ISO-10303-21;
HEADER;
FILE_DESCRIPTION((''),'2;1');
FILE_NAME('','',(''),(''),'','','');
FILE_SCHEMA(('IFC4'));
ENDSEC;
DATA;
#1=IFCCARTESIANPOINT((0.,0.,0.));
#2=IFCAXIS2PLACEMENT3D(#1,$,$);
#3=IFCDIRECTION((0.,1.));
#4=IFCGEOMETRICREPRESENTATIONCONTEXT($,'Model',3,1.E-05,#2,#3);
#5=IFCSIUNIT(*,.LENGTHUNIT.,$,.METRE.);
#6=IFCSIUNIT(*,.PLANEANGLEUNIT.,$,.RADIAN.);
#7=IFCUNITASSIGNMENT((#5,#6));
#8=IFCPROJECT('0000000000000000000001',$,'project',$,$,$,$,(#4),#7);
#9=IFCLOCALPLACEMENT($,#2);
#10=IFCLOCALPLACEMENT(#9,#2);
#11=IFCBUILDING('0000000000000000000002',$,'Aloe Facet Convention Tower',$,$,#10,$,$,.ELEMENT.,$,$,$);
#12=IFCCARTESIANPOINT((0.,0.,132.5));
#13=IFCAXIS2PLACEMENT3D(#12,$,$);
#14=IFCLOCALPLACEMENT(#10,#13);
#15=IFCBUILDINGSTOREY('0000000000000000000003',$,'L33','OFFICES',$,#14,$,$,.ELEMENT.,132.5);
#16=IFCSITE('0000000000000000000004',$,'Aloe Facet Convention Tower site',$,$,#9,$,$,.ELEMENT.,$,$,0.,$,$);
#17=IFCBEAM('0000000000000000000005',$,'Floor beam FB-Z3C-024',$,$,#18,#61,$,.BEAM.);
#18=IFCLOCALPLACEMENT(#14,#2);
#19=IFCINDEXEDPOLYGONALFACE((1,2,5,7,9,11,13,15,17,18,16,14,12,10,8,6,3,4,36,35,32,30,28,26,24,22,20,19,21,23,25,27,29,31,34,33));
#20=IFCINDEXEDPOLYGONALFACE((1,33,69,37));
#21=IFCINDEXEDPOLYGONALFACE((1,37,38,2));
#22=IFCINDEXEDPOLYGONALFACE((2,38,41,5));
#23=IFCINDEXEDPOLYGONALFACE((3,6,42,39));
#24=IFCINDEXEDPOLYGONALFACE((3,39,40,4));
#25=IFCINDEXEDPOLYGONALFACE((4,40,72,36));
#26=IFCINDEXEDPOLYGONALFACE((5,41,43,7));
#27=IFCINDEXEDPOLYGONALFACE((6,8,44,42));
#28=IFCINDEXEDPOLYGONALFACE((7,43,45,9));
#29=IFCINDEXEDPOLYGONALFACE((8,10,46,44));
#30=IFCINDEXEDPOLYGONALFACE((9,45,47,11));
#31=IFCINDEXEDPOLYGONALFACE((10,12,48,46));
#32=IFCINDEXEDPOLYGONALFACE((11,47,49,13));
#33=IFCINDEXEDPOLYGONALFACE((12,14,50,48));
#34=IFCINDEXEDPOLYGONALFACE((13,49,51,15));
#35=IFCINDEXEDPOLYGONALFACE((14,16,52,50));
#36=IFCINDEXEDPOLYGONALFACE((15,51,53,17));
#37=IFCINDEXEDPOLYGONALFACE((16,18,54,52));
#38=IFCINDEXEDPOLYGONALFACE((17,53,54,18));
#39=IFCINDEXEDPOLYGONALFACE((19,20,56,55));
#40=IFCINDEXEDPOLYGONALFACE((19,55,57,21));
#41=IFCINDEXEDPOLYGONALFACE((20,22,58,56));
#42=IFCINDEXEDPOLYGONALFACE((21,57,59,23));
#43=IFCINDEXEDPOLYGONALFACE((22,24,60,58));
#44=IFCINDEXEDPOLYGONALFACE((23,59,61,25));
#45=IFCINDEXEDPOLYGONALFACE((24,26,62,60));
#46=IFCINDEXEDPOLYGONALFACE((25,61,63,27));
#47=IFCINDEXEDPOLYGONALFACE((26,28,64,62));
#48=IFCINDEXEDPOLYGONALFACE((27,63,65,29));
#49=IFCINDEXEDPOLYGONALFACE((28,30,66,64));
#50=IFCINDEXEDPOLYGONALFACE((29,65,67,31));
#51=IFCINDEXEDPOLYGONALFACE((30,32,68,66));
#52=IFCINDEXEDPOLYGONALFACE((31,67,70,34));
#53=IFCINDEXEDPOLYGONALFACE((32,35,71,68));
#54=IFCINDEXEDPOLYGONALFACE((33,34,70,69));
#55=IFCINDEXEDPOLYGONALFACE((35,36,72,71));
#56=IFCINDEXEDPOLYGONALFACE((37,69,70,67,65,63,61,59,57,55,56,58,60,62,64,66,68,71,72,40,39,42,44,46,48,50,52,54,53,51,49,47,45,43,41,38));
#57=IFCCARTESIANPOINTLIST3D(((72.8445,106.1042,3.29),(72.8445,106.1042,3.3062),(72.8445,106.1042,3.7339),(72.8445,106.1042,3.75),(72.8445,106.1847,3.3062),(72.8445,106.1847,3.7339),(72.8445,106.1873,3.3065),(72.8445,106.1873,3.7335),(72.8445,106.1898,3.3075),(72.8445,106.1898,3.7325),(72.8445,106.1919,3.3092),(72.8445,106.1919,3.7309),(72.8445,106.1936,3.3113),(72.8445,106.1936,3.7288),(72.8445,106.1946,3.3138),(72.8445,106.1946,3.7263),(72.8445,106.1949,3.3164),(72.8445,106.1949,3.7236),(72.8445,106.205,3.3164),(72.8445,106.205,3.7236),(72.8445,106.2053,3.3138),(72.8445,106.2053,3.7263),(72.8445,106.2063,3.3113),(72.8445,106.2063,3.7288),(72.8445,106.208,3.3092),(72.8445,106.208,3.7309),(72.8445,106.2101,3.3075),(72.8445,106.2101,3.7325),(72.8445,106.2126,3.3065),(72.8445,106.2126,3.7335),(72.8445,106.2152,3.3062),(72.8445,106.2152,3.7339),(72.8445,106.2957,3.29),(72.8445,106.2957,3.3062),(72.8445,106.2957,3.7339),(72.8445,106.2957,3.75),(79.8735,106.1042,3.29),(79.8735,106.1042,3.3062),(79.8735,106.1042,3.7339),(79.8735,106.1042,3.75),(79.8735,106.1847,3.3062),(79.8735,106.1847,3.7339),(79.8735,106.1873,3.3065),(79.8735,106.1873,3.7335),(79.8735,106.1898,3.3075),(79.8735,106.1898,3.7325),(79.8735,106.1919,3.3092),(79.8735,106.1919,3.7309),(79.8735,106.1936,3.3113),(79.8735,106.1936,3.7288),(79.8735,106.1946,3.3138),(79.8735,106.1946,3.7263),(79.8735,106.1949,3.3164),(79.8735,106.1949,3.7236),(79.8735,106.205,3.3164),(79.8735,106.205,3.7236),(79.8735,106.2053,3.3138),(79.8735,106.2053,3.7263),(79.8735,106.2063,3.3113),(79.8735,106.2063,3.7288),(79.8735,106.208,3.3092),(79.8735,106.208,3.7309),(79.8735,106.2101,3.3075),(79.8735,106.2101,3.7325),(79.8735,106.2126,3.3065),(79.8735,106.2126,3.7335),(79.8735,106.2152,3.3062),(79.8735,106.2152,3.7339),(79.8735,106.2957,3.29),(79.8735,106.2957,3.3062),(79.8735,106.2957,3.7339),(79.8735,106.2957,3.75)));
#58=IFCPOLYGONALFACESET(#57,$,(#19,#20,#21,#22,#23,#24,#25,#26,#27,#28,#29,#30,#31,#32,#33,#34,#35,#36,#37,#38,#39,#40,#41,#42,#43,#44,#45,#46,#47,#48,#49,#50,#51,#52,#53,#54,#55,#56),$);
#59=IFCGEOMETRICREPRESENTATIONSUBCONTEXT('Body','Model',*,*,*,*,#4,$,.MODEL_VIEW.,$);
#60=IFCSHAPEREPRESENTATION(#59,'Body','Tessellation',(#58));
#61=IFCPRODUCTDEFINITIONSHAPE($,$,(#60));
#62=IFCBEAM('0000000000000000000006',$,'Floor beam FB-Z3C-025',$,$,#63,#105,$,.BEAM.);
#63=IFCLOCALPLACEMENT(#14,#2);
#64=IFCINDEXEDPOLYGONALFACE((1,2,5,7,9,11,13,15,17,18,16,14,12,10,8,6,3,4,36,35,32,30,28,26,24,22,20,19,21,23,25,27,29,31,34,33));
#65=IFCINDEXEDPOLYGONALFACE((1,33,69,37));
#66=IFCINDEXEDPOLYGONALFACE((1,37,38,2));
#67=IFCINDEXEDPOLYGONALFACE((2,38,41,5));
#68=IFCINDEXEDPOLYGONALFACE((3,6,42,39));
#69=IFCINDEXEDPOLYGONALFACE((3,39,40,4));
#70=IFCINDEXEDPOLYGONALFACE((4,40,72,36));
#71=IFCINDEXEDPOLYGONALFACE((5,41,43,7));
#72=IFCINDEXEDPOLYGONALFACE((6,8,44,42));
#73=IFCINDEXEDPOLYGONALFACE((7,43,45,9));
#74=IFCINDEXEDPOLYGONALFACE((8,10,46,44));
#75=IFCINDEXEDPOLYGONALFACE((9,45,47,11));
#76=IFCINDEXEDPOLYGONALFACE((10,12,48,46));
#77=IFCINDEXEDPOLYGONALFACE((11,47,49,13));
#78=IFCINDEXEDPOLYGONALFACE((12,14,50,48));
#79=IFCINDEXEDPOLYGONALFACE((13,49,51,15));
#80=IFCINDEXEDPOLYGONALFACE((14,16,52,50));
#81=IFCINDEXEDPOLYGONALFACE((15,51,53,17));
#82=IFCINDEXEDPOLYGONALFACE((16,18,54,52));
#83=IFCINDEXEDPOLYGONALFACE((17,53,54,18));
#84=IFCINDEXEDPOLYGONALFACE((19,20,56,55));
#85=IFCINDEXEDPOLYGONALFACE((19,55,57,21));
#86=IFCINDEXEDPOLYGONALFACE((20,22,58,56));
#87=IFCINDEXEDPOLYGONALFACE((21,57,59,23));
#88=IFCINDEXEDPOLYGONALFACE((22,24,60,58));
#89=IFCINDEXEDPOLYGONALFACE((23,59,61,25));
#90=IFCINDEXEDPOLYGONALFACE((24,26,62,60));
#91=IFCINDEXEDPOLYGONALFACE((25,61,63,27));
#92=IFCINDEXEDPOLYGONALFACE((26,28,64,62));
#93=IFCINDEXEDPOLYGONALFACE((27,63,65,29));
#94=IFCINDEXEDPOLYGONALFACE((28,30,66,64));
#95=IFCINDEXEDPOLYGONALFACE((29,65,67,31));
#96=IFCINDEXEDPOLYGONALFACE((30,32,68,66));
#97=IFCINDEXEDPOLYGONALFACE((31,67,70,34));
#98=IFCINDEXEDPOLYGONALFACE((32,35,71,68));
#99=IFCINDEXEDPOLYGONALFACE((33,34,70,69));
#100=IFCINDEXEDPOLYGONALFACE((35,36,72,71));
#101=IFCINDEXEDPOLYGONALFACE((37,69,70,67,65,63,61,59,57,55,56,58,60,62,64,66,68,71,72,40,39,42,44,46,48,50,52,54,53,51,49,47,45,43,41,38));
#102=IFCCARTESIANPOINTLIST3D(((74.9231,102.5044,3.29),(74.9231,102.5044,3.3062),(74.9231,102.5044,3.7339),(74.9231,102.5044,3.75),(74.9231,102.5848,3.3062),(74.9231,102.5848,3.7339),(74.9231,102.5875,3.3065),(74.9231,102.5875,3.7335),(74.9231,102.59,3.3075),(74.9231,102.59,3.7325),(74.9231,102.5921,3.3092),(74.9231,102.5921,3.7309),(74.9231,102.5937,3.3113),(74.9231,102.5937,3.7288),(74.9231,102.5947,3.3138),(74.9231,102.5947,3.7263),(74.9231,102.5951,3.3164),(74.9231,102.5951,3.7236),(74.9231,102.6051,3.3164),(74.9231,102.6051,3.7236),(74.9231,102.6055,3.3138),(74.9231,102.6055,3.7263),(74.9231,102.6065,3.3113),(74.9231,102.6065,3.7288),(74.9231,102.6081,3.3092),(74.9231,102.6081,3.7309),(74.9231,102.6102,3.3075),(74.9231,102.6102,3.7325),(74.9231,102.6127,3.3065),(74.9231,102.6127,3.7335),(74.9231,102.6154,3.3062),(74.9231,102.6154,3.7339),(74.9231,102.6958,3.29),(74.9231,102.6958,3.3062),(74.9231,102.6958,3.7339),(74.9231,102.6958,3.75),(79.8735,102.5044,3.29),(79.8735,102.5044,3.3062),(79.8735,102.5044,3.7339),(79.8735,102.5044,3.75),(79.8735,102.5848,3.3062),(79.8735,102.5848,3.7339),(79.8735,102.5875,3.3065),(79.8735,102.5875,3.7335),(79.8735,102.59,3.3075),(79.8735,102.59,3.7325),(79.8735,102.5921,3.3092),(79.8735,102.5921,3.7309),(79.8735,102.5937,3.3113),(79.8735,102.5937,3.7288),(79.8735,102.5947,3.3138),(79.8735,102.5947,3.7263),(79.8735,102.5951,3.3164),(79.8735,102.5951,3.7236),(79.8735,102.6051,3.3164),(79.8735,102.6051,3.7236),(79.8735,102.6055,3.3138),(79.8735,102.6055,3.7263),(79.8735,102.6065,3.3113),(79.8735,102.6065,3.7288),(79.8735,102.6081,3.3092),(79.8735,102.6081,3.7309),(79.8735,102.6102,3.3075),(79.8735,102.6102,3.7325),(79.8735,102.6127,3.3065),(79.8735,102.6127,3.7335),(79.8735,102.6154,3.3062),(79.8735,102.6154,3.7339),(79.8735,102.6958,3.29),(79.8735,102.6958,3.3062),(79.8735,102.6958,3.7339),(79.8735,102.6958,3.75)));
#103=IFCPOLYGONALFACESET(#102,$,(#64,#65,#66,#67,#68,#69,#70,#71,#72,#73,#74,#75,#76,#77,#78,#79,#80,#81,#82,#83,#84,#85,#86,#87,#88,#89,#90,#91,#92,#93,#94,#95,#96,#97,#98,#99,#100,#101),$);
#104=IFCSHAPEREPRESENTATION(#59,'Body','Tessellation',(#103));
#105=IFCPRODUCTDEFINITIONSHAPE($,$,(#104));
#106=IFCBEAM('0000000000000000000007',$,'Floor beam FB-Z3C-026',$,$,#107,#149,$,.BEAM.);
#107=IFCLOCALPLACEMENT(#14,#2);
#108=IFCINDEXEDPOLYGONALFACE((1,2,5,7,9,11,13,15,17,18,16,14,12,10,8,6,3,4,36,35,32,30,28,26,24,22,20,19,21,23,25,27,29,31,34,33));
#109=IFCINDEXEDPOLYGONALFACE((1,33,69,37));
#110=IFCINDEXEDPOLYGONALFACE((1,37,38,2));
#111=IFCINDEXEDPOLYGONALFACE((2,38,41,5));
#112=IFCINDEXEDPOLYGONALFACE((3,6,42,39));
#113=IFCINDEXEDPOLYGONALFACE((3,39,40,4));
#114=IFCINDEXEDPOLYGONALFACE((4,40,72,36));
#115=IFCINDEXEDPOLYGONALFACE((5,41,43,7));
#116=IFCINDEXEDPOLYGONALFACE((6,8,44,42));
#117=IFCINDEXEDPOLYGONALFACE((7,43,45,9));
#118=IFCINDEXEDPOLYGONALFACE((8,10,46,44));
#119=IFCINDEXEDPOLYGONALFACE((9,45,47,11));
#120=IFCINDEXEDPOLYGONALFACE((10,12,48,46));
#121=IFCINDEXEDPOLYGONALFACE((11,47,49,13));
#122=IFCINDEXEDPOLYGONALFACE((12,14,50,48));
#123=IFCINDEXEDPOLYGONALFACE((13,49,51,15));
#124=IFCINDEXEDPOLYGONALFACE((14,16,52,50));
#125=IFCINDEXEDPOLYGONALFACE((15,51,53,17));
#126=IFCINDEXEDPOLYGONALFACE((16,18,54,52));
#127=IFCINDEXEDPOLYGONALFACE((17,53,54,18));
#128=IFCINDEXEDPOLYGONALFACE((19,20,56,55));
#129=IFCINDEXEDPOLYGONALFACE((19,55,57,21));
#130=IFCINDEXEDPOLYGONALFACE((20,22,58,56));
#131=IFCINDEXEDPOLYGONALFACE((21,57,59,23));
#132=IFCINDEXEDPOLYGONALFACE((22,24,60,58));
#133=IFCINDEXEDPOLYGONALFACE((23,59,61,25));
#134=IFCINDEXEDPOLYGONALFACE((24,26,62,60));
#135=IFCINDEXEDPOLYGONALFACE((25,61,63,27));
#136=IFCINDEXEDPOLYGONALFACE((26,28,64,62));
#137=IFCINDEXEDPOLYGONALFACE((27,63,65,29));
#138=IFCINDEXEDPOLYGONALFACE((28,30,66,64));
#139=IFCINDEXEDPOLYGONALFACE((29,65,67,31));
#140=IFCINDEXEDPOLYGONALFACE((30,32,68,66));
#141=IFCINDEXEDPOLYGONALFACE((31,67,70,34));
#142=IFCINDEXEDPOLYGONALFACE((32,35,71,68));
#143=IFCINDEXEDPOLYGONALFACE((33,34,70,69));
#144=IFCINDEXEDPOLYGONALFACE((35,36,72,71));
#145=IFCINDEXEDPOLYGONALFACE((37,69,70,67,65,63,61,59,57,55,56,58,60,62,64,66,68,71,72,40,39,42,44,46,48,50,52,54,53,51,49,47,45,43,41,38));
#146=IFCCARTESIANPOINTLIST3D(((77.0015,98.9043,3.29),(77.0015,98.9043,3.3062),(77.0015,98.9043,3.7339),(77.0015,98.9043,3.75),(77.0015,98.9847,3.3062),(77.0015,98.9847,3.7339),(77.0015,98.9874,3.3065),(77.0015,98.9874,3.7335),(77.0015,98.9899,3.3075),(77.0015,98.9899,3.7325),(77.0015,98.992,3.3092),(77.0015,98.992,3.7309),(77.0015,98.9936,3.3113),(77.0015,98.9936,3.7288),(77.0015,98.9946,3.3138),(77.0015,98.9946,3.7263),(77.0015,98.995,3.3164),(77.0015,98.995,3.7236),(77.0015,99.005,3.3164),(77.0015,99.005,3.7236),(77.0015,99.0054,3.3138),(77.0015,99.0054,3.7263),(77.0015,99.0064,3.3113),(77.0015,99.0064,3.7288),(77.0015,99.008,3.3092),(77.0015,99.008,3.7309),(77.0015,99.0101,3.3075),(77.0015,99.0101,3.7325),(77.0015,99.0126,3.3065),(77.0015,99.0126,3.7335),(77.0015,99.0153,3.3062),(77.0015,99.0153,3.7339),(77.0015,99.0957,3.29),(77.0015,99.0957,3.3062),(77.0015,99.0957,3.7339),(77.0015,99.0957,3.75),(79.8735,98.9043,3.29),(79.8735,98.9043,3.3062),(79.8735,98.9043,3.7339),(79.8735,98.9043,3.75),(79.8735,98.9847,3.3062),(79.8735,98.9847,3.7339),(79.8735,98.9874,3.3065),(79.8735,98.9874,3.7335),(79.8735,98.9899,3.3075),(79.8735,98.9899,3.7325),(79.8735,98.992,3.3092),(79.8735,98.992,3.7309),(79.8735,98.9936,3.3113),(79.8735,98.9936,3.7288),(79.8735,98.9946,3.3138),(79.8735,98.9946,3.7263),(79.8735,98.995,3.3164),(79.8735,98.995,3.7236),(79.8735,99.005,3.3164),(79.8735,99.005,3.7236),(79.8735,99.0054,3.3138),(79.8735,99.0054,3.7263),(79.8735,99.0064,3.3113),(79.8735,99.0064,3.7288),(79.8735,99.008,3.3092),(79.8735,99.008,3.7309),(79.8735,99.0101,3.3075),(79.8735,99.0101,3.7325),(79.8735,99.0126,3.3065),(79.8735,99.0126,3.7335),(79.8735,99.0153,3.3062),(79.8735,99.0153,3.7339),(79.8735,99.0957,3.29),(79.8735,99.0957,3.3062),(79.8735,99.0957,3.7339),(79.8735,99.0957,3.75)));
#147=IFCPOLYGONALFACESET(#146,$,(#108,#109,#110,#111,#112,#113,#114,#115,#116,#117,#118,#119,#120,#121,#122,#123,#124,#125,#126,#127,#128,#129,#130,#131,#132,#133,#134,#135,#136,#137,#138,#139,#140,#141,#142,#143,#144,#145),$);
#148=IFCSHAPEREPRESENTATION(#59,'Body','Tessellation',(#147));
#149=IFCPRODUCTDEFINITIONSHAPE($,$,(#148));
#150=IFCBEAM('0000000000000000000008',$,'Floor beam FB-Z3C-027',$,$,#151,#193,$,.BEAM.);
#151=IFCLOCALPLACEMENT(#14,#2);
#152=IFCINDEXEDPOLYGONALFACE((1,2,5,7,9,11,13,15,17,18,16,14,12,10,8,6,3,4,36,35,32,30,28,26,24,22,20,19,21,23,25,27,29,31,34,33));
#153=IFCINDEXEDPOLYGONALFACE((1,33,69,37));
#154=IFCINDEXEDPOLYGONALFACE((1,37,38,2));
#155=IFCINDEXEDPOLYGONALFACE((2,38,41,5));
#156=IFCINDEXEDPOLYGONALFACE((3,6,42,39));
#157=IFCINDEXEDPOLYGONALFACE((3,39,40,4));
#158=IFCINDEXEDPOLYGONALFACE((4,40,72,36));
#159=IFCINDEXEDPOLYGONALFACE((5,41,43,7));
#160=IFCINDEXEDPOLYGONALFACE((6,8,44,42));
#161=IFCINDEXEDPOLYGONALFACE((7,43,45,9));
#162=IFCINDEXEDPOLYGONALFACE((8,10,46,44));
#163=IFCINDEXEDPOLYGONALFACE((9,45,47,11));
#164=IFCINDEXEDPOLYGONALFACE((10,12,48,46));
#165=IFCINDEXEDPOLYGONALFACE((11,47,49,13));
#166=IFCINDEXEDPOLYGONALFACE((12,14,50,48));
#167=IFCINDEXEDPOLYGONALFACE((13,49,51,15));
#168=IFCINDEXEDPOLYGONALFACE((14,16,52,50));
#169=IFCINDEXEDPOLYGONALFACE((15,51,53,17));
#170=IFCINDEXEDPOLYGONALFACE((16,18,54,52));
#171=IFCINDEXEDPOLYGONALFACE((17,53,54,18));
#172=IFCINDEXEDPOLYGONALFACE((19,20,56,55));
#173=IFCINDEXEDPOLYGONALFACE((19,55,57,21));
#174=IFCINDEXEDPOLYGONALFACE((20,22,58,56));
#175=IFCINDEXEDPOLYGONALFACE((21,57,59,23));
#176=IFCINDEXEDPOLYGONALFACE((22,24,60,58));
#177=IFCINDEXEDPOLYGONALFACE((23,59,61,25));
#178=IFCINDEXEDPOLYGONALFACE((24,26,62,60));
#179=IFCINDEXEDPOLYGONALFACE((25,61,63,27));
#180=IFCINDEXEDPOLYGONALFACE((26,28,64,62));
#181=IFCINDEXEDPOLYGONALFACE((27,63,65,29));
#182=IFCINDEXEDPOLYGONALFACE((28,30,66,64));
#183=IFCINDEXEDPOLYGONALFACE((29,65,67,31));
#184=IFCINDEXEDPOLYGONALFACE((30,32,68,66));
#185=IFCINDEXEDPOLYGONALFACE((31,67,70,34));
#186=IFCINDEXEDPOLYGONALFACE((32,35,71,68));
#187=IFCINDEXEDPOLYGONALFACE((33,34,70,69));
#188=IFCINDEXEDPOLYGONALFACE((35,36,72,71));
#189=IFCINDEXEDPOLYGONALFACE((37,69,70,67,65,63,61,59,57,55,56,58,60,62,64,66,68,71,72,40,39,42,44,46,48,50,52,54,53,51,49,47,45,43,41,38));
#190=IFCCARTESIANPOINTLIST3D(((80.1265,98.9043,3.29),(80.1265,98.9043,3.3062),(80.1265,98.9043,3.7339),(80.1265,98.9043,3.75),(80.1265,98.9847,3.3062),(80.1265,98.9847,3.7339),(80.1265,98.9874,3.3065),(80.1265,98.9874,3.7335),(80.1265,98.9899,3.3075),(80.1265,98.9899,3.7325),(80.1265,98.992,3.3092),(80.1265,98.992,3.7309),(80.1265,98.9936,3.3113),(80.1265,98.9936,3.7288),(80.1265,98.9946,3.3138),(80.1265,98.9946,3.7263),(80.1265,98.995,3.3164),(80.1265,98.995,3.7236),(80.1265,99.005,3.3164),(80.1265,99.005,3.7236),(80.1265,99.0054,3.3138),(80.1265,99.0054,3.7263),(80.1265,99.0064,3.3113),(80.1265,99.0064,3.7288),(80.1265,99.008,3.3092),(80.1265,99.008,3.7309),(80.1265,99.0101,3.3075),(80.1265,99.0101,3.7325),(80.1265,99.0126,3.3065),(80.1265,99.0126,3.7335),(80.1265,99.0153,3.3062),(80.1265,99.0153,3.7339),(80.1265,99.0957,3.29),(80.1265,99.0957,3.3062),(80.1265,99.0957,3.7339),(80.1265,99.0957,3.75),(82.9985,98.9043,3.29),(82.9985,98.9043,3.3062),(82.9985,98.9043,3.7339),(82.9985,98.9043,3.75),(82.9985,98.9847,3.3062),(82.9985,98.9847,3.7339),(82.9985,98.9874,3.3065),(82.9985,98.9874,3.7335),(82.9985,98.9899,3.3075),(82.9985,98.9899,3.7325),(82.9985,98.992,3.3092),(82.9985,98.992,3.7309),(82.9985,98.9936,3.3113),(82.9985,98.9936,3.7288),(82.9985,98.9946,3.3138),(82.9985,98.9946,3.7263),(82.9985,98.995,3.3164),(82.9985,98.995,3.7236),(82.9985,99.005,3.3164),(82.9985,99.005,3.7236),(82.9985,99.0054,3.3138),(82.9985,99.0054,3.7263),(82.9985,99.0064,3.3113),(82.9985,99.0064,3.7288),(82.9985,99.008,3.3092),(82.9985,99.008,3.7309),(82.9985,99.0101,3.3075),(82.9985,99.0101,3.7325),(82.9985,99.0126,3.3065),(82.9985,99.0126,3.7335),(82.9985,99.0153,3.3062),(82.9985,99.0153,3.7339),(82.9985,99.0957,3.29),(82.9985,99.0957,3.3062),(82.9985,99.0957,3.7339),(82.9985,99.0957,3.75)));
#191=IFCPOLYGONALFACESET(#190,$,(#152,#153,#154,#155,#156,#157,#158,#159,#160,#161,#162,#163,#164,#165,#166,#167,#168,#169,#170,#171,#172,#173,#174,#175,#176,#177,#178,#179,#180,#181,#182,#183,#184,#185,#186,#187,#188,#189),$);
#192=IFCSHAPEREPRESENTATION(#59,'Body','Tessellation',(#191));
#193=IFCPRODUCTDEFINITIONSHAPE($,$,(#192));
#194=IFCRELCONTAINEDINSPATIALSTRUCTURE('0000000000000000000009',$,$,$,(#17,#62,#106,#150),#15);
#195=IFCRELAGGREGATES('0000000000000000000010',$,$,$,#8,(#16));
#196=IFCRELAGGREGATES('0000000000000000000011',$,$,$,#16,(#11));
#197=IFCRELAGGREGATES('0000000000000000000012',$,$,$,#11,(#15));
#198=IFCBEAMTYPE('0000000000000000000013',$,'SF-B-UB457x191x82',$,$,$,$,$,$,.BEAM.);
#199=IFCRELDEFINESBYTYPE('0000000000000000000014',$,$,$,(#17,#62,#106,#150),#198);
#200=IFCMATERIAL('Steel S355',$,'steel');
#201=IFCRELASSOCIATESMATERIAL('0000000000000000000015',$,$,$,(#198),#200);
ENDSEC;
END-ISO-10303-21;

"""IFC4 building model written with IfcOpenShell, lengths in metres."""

from ifc_helpers import new_model, si_unit, direction, frame, origin, origin_2d, place, context, subcontext, project, spatial, i_section, extrude, material, material_profile, profile_set, type_object, element, save


model = new_model("IFC4")

# Units and contexts
model_context = context("Model", 3, precision=1e-05, world=origin(), true_north=direction((0.0, 1.0)))
body_context = subcontext(model_context, "Body", "Model", "MODEL_VIEW")
ifc_project = project(units=[si_unit("LENGTHUNIT", "METRE"), si_unit("PLANEANGLEUNIT", "RADIAN")], contexts=[model_context])

# Site, building, storey
site_placement = place(None, origin())
site = spatial("IfcSite", under=ifc_project, at=site_placement, Name="Aloe Facet Convention Tower site", CompositionType="ELEMENT", RefElevation=0.0)
building_placement = place(site_placement, origin())
building = spatial("IfcBuilding", under=site, at=building_placement, Name="Aloe Facet Convention Tower", CompositionType="ELEMENT")
storey_placement = place(building_placement, frame((0.0, 0.0, 132.5)))
storey = spatial("IfcBuildingStorey", under=building, at=storey_placement, Name="L33", Description="OFFICES", CompositionType="ELEMENT", Elevation=132.5)

# Beams
ifc_material_1 = material(Name="Steel S355", Category="steel")
ifc_material_profile_1 = material_profile(ifc_material_1, i_section(OverallWidth=0.1914, OverallDepth=0.46, WebThickness=0.01, FlangeThickness=0.0161, FilletRadius=0.0103, at=origin_2d()), Name="UB 457x191x82")
ifc_profile_set_1 = profile_set([ifc_material_profile_1], Name="Steel S355")
beam_type_1 = type_object("IfcBeamType", Name="SF-B-UB457x191x82", PredefinedType="BEAM", material=ifc_profile_set_1)
beam_1_placement = place(storey_placement, frame((72.8445, 106.2, 3.52), z_axis=(1.0, 0.0, 0.0), x_axis=(0.0, 1.0, 0.0)))
element("IfcBeam", 1, at=beam_1_placement, inside=storey, type_object=beam_type_1, Name="Floor beam FB-Z3C-024", PredefinedType="BEAM", context=body_context, shape_type="SweptSolid", body=[
    extrude(i_section(OverallWidth=0.1914, OverallDepth=0.46, WebThickness=0.01, FlangeThickness=0.0161, FilletRadius=0.0103, at=origin_2d()), origin(), (0.0, 0.0, 1.0), 7.0291),
])
beam_2_placement = place(storey_placement, frame((74.9231, 102.6001, 3.52), z_axis=(1.0, 0.0, 0.0), x_axis=(0.0, 1.0, 0.0)))
element("IfcBeam", 2, at=beam_2_placement, inside=storey, type_object=beam_type_1, Name="Floor beam FB-Z3C-025", PredefinedType="BEAM", context=body_context, shape_type="SweptSolid", body=[
    extrude(i_section(OverallWidth=0.1914, OverallDepth=0.46, WebThickness=0.01, FlangeThickness=0.0161, FilletRadius=0.0103, at=origin_2d()), origin(), (0.0, 0.0, 1.0), 4.9504),
])
for number, where, z_axis, x_axis, name in (
    (3, (77.0015, 99.0, 3.52), (1.0, 0.0, 0.0), (0.0, 1.0, 0.0), "Floor beam FB-Z3C-026"),
    (4, (80.1265, 99.0, 3.52), (1.0, 0.0, 0.0), (0.0, 1.0, 0.0), "Floor beam FB-Z3C-027"),
):
    element("IfcBeam", number, at=place(storey_placement, frame(where, z_axis=z_axis, x_axis=x_axis)), inside=storey, type_object=beam_type_1, Name=name, PredefinedType="BEAM", context=body_context, shape_type="SweptSolid", body=[
        extrude(i_section(OverallWidth=0.1914, OverallDepth=0.46, WebThickness=0.01, FlangeThickness=0.0161, FilletRadius=0.0103, at=origin_2d()), origin(), (0.0, 0.0, 1.0), 2.8721),
    ])

save(model, "model.ifc")
